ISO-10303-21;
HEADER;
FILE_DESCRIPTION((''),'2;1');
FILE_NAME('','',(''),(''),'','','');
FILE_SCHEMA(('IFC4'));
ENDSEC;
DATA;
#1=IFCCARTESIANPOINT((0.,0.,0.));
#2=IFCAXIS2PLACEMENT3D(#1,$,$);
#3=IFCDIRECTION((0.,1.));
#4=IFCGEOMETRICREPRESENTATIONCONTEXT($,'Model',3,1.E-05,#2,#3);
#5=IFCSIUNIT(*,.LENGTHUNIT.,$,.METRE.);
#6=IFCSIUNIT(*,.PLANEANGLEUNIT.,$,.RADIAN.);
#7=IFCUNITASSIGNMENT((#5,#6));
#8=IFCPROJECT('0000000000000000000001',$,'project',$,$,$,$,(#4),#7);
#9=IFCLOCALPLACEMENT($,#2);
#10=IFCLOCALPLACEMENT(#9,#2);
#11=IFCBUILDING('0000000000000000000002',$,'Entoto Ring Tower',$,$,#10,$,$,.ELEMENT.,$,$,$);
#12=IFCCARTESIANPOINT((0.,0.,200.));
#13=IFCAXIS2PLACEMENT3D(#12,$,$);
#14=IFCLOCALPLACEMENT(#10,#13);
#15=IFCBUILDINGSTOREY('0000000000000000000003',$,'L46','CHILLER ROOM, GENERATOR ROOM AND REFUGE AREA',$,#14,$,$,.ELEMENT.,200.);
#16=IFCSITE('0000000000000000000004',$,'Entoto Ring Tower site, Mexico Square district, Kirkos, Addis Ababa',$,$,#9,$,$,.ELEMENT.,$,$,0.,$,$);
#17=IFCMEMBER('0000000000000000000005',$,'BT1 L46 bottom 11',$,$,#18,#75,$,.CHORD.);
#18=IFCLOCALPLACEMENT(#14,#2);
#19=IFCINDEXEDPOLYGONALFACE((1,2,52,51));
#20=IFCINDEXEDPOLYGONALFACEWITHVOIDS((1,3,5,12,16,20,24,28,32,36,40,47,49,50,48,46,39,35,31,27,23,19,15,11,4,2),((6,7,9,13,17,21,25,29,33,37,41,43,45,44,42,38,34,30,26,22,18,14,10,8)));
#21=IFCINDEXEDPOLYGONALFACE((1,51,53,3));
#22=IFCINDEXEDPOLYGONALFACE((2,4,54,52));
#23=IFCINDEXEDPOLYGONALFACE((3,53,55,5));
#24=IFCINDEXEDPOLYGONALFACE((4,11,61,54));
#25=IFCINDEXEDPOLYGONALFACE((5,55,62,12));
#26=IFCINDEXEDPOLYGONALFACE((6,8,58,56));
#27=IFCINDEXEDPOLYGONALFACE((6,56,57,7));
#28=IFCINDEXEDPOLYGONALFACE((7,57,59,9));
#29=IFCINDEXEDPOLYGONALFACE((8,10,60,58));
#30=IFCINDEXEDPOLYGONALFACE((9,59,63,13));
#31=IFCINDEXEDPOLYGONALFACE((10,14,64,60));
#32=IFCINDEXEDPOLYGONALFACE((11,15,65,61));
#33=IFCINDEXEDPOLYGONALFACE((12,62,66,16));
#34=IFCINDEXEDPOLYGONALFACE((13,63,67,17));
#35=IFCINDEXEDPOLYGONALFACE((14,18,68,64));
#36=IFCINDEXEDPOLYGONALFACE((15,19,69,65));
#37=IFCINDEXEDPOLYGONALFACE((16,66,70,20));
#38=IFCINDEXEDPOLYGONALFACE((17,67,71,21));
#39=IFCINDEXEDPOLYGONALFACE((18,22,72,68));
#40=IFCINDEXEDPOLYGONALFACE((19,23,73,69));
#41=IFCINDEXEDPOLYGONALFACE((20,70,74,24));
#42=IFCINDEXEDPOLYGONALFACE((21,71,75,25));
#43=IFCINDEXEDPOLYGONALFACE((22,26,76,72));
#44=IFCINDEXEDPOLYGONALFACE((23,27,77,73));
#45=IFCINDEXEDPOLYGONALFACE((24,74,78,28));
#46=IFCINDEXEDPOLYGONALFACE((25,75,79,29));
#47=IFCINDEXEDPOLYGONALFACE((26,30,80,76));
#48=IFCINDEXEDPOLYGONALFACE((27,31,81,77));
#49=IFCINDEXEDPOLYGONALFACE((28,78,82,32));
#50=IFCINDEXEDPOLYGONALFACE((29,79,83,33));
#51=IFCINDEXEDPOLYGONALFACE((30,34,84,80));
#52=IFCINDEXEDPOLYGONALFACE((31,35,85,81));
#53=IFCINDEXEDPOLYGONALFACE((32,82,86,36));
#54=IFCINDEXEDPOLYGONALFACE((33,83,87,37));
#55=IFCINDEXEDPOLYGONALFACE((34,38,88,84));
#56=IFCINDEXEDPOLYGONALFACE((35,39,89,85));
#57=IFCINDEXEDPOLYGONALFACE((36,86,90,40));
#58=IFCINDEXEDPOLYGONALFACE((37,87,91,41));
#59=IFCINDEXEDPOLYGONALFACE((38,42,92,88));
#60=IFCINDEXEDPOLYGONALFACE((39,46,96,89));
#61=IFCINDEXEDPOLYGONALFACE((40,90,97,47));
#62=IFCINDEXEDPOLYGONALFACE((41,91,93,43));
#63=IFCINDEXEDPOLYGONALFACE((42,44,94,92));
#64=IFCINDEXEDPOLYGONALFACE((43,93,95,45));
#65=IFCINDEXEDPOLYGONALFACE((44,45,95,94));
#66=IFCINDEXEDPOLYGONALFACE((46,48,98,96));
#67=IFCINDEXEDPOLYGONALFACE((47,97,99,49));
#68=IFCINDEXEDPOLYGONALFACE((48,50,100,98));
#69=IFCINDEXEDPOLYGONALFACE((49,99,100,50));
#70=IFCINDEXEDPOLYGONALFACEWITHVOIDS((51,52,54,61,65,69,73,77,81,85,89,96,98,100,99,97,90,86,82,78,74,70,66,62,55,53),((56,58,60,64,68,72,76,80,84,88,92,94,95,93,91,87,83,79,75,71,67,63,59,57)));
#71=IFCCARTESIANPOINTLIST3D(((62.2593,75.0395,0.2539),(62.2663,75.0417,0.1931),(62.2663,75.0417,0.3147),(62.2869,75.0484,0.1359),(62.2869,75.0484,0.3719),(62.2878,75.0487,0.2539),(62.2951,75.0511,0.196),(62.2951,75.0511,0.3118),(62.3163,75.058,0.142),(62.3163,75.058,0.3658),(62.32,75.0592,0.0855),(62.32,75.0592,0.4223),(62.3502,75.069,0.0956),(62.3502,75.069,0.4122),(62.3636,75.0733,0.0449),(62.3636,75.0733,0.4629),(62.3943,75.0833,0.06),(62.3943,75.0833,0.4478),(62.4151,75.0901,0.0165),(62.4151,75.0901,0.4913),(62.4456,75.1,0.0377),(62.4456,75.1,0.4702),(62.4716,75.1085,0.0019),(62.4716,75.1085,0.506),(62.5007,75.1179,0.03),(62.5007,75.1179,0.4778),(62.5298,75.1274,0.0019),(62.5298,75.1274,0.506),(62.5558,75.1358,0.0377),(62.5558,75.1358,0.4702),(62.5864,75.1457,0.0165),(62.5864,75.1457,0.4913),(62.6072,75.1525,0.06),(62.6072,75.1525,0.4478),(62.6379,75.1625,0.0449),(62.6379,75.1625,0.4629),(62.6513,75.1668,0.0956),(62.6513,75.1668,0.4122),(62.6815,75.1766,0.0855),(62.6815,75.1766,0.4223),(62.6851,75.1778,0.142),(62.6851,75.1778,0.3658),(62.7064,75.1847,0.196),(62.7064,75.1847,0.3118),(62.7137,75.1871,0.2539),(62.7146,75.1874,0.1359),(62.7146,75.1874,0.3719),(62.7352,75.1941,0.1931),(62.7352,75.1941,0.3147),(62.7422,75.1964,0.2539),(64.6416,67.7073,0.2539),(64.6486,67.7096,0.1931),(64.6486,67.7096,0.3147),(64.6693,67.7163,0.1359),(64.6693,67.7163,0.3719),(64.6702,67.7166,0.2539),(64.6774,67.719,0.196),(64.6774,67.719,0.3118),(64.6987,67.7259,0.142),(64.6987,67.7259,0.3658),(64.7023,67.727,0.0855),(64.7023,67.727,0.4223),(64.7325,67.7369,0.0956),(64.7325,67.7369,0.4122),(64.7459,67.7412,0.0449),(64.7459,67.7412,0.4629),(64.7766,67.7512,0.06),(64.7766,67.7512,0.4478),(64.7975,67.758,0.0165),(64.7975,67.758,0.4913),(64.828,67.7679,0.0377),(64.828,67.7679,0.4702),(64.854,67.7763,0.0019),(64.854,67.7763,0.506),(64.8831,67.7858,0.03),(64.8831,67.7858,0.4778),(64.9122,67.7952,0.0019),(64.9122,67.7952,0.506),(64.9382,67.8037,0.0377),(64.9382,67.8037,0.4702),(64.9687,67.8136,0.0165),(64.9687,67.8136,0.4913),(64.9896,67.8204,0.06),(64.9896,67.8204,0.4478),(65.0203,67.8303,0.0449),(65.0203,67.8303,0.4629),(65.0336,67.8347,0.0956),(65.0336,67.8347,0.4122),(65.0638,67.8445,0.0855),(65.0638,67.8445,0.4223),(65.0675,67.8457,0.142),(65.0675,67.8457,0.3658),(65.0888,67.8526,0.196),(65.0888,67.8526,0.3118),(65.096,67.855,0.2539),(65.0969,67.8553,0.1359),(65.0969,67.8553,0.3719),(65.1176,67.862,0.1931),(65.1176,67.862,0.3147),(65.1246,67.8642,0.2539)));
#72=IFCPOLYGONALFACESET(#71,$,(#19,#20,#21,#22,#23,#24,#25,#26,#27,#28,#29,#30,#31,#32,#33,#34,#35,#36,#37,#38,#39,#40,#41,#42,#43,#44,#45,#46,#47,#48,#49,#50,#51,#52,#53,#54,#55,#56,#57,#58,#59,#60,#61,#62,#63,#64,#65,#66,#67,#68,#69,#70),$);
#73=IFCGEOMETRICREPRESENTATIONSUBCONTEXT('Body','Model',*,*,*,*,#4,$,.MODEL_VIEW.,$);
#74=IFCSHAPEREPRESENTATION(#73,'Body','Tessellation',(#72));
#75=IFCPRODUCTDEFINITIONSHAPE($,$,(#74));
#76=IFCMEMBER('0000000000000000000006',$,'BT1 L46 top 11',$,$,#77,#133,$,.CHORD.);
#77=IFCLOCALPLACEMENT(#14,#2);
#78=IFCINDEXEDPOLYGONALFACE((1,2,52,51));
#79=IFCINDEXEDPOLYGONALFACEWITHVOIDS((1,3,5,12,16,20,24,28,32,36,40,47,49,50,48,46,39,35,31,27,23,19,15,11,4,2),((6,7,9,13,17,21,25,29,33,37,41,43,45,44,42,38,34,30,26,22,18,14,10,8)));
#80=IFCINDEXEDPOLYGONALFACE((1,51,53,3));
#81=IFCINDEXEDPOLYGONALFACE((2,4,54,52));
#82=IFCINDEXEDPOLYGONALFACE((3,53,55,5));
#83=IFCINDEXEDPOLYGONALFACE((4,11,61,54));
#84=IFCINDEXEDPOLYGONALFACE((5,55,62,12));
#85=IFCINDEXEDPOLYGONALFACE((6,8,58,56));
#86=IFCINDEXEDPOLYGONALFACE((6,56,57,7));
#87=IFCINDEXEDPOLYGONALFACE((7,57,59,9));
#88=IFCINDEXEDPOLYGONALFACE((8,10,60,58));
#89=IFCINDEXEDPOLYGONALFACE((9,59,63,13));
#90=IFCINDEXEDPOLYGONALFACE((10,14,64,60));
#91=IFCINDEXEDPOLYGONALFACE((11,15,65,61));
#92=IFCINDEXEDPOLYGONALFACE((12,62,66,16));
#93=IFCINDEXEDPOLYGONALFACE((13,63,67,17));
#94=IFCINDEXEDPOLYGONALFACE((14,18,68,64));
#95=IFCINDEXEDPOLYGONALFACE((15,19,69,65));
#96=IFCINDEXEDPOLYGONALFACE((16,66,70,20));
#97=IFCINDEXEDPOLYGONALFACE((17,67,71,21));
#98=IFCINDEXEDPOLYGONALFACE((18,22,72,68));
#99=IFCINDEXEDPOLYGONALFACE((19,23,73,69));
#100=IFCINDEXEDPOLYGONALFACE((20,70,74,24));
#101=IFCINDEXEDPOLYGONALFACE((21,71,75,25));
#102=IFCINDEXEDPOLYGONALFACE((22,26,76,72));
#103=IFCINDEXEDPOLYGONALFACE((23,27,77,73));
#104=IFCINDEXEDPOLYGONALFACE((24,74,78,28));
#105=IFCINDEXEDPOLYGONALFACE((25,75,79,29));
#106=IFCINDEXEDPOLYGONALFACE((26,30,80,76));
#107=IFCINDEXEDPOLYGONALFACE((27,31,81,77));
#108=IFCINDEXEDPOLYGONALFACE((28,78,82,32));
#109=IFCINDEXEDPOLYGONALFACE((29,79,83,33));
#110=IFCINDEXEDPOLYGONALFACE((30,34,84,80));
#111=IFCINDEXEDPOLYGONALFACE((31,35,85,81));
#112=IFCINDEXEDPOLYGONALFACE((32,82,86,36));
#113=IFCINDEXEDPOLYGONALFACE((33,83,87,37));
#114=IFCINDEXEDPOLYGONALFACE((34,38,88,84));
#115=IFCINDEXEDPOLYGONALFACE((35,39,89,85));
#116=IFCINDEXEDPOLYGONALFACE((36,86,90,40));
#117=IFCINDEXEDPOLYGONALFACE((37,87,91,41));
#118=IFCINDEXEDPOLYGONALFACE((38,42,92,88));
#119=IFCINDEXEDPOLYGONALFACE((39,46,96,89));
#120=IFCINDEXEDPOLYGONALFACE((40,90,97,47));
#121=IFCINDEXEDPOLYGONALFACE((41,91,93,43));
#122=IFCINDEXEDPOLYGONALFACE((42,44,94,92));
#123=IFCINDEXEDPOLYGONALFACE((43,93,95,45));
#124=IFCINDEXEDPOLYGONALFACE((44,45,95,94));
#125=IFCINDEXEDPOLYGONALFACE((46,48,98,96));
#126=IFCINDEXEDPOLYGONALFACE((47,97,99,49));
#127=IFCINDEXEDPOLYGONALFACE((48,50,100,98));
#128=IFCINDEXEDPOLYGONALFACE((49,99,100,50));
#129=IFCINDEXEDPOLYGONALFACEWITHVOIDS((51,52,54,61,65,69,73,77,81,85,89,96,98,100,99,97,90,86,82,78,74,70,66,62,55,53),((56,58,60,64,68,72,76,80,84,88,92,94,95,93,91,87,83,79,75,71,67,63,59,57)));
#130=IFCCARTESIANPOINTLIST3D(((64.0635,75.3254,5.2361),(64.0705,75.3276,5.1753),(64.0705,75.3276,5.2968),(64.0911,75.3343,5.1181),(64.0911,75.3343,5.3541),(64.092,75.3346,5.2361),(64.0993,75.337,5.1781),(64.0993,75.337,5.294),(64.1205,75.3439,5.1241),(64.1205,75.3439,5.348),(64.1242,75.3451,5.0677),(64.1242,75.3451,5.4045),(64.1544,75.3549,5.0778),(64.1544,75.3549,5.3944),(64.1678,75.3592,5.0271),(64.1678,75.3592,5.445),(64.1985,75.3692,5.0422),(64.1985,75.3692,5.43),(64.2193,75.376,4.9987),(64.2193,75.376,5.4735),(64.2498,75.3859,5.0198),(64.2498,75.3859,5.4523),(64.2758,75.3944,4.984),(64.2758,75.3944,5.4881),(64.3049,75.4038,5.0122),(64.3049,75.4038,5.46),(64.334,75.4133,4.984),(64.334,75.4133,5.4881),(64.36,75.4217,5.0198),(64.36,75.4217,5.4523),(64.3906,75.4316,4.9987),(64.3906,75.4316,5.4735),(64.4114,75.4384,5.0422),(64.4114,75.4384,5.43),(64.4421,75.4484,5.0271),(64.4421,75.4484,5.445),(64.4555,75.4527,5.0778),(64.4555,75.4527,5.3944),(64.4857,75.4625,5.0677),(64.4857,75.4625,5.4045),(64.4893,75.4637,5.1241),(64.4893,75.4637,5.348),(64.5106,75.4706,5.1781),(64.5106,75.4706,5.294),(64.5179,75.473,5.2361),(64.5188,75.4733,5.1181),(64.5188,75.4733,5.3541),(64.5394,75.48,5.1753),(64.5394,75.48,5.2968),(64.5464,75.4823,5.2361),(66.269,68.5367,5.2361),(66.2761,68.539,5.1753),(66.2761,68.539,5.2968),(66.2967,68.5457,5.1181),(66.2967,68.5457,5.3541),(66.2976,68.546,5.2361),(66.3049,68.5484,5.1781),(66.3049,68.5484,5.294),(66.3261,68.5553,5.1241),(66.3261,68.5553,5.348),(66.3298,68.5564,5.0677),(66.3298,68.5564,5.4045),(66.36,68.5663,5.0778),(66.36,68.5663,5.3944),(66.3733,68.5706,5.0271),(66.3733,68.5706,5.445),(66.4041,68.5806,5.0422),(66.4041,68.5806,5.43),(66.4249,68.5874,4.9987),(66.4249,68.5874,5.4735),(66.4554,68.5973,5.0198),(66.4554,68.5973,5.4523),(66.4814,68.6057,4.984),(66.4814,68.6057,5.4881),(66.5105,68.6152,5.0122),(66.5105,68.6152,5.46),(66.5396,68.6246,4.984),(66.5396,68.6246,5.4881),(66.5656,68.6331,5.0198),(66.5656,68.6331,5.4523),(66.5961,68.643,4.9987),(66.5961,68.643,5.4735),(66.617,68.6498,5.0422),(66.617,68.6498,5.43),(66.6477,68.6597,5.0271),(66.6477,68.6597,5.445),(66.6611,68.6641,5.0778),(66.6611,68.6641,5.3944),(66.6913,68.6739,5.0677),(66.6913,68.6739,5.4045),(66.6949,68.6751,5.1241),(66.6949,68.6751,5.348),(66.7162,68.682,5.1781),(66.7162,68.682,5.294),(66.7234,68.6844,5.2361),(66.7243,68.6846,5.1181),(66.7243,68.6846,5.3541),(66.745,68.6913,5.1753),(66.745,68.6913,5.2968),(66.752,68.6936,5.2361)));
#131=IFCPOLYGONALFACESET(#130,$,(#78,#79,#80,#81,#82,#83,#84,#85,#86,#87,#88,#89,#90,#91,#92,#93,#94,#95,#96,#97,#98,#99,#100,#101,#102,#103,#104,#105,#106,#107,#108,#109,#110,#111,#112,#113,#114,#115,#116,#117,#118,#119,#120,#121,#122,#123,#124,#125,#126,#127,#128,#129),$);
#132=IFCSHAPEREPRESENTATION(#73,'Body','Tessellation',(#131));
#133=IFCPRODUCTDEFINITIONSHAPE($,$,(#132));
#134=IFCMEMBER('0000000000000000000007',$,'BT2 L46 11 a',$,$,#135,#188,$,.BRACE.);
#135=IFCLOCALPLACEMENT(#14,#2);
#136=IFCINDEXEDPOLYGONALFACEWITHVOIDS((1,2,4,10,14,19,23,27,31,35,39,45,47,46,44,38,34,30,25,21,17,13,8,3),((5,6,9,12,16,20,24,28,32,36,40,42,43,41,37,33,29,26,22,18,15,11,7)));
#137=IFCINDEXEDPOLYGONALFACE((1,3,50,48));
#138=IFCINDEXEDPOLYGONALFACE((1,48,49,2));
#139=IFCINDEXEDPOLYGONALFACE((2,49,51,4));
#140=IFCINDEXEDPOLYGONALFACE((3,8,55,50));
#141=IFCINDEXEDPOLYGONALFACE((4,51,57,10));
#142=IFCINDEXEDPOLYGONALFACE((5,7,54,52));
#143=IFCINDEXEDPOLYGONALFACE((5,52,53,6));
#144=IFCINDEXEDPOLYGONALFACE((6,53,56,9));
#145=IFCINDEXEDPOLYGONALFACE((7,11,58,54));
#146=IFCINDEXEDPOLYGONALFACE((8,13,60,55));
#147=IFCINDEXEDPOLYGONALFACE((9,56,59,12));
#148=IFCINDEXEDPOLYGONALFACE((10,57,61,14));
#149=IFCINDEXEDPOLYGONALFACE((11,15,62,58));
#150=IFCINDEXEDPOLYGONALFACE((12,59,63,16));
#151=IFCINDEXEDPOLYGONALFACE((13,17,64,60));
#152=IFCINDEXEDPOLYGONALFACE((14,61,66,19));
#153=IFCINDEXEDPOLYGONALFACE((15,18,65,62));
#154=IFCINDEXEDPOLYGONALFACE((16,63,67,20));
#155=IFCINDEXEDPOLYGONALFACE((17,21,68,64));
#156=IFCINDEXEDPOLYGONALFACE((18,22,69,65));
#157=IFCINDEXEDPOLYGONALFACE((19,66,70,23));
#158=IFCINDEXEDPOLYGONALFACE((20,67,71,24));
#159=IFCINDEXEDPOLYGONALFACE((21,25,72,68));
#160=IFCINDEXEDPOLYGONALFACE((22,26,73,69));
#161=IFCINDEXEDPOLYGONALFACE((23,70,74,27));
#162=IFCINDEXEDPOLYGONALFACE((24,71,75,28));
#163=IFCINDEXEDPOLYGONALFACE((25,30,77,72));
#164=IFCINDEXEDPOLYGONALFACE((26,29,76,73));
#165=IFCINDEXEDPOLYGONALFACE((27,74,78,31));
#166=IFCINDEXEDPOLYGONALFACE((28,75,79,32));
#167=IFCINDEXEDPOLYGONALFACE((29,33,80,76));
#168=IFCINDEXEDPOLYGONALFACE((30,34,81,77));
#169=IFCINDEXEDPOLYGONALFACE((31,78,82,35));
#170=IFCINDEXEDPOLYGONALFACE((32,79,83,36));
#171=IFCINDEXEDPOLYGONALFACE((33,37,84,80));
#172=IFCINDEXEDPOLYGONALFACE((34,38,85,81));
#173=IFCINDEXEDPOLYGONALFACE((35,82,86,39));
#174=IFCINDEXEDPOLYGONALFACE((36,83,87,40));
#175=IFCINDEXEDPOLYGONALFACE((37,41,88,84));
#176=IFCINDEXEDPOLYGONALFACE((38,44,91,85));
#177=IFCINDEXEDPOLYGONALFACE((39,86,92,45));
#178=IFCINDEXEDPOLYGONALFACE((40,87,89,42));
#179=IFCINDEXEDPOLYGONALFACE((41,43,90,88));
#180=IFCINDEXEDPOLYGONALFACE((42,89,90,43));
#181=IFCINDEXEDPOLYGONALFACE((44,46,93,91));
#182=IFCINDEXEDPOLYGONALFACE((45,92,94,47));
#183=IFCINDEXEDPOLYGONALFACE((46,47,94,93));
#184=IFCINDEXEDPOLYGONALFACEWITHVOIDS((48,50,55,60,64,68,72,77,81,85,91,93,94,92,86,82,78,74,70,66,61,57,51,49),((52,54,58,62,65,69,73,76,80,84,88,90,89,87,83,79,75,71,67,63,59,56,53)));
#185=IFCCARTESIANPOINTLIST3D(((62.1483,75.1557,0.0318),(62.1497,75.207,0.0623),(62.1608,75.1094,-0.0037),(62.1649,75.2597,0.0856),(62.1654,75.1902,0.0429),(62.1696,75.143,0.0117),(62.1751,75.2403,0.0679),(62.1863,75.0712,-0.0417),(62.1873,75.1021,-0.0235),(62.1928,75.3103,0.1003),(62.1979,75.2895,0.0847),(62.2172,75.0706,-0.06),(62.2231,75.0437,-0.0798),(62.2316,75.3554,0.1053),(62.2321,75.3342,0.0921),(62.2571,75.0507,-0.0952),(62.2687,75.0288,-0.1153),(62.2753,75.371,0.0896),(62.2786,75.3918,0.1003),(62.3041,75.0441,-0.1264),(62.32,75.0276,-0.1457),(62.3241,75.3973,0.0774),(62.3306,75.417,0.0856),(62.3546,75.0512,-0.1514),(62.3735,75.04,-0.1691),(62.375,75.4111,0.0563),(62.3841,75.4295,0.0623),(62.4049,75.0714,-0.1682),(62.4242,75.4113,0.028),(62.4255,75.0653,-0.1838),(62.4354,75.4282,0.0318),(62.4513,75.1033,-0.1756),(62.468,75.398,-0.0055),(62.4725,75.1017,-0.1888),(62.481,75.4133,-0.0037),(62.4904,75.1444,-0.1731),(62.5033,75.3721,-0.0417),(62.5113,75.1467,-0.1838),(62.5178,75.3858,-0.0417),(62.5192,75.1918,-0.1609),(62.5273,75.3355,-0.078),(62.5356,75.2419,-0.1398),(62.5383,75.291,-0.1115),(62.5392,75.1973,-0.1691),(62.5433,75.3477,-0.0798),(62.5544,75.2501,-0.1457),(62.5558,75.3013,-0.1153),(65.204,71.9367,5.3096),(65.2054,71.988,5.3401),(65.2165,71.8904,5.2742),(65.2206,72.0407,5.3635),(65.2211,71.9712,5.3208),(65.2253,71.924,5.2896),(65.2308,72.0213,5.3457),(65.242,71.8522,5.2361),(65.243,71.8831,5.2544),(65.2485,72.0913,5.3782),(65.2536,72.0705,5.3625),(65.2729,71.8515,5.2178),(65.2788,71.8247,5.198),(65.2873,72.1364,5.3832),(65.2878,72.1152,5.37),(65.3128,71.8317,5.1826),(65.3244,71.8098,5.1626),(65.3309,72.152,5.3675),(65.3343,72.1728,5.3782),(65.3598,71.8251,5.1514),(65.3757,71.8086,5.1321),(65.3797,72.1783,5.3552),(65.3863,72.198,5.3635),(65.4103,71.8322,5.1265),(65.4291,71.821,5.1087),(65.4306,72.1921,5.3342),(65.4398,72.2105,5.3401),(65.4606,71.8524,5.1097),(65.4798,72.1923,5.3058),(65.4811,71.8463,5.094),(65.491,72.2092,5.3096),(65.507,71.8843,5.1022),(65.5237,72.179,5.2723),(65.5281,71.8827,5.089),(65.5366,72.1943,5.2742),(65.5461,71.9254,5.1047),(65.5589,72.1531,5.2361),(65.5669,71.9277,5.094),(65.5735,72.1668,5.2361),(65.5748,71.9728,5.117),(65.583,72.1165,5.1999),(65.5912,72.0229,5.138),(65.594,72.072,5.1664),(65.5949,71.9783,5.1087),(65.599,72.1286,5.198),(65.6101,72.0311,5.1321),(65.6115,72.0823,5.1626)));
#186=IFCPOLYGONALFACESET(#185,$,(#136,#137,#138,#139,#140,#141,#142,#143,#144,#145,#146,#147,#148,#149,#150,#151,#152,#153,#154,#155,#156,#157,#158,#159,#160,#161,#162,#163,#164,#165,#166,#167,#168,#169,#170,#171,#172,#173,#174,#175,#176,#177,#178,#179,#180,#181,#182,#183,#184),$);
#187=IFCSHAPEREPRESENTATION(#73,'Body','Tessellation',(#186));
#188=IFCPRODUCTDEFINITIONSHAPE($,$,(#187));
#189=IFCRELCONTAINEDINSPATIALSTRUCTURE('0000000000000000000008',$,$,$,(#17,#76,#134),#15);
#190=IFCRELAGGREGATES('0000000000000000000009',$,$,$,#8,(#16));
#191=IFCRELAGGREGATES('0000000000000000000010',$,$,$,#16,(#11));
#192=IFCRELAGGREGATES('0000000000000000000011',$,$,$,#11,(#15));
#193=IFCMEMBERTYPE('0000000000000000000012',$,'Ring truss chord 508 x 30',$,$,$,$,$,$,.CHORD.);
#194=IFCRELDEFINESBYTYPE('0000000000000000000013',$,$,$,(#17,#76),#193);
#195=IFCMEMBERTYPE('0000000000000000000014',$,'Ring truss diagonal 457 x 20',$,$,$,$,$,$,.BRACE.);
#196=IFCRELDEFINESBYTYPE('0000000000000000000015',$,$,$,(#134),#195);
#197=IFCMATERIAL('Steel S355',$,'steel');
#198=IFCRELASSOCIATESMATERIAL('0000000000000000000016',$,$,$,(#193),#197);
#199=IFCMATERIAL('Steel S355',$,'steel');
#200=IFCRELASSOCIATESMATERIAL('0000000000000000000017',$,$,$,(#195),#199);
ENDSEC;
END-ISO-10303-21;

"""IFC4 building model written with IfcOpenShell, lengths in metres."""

from ifc_helpers import new_model, si_unit, direction, frame, origin, origin_2d, place, context, subcontext, project, spatial, circle, hollow_circle, extrude, material, material_profile, profile_set, type_object, element, save


model = new_model("IFC4")

# Units and contexts
model_context = context("Model", 3, precision=1e-05, world=origin(), true_north=direction((0.0, 1.0)))
body_context = subcontext(model_context, "Body", "Model", "MODEL_VIEW")
ifc_project = project(units=[si_unit("LENGTHUNIT", "METRE"), si_unit("PLANEANGLEUNIT", "RADIAN")], contexts=[model_context])

# Site, building, storey
site_placement = place(None, origin())
site = spatial("IfcSite", under=ifc_project, at=site_placement, Name="Entoto Ring Tower site, Mexico Square district, Kirkos, Addis Ababa", CompositionType="ELEMENT", RefElevation=0.0)
building_placement = place(site_placement, origin())
building = spatial("IfcBuilding", under=site, at=building_placement, Name="Entoto Ring Tower", CompositionType="ELEMENT")
storey_placement = place(building_placement, frame((0.0, 0.0, 200.0)))
storey = spatial("IfcBuildingStorey", under=building, at=storey_placement, Name="L46", Description="CHILLER ROOM, GENERATOR ROOM AND REFUGE AREA", CompositionType="ELEMENT", Elevation=200.0)

# Members
ifc_material_1 = material(Name="Steel S355", Category="steel")
ifc_material_profile_1 = material_profile(ifc_material_1, hollow_circle(Radius=0.2539, WallThickness=0.03, at=origin_2d()), Name="CHS 508 x 30")
ifc_material_2 = material(Name="Concrete C60/75", Category="concrete")
ifc_material_profile_2 = material_profile(ifc_material_2, circle(Radius=0.2241, at=origin_2d()), Name="Concrete C60/75 infill")
ifc_profile_set_1 = profile_set([ifc_material_profile_1, ifc_material_profile_2], Name="Steel S355")
member_type_1 = type_object("IfcMemberType", Name="Ring truss chord 508 x 30", PredefinedType="CHORD", material=ifc_profile_set_1)
member_1_placement = place(storey_placement, frame((62.5007, 75.1179, 0.2539), z_axis=(0.309017, -0.951056, 0.0), x_axis=(0.951056, 0.309017, 0.0)))
element("IfcMember", 1, at=member_1_placement, inside=storey, type_object=member_type_1, Name="BT1 L46 bottom 11", PredefinedType="CHORD", context=body_context, shape_type="SweptSolid", body=[
    extrude(hollow_circle(Radius=0.2539, WallThickness=0.03, at=origin_2d()), origin(), (0.0, 0.0, 1.0), 7.7095),
])
member_2_placement = place(storey_placement, frame((64.3049, 75.4038, 5.2361), z_axis=(0.308995, -0.951064, 0.0), x_axis=(0.951064, 0.308995, 0.0)))
element("IfcMember", 2, at=member_2_placement, inside=storey, type_object=member_type_1, Name="BT1 L46 top 11", PredefinedType="CHORD", context=body_context, shape_type="SweptSolid", body=[
    extrude(hollow_circle(Radius=0.2539, WallThickness=0.03, at=origin_2d()), origin(), (0.0, 0.0, 1.0), 7.1379),
])
ifc_material_3 = material(Name="Steel S355", Category="steel")
ifc_material_profile_3 = material_profile(ifc_material_3, hollow_circle(Radius=0.2285, WallThickness=0.02, at=origin_2d()), Name="CHS 457 x 20")
ifc_material_4 = material(Name="Concrete C60/75", Category="concrete")
ifc_material_profile_4 = material_profile(ifc_material_4, circle(Radius=0.2085, at=origin_2d()), Name="Concrete C60/75 infill")
ifc_profile_set_2 = profile_set([ifc_material_profile_3, ifc_material_profile_4], Name="Steel S355")
member_type_2 = type_object("IfcMemberType", Name="Ring truss diagonal 457 x 20", PredefinedType="BRACE", material=ifc_profile_set_2)
for number, where, z_axis, x_axis, name in (
    (3, (62.3521, 75.2285, -0.0417), (0.443108, -0.466793, 0.765349), (0.725267, 0.688468, 0.0), "BT2 L46 11 a"),
):
    element("IfcMember", number, at=place(storey_placement, frame(where, z_axis=z_axis, x_axis=x_axis)), inside=storey, type_object=member_type_2, Name=name, PredefinedType="BRACE", context=body_context, shape_type="SweptSolid", body=[
        extrude(hollow_circle(Radius=0.2285, WallThickness=0.02, at=origin_2d()), origin(), (0.0, 0.0, 1.0), 6.896),
    ])

save(model, "model.ifc")
